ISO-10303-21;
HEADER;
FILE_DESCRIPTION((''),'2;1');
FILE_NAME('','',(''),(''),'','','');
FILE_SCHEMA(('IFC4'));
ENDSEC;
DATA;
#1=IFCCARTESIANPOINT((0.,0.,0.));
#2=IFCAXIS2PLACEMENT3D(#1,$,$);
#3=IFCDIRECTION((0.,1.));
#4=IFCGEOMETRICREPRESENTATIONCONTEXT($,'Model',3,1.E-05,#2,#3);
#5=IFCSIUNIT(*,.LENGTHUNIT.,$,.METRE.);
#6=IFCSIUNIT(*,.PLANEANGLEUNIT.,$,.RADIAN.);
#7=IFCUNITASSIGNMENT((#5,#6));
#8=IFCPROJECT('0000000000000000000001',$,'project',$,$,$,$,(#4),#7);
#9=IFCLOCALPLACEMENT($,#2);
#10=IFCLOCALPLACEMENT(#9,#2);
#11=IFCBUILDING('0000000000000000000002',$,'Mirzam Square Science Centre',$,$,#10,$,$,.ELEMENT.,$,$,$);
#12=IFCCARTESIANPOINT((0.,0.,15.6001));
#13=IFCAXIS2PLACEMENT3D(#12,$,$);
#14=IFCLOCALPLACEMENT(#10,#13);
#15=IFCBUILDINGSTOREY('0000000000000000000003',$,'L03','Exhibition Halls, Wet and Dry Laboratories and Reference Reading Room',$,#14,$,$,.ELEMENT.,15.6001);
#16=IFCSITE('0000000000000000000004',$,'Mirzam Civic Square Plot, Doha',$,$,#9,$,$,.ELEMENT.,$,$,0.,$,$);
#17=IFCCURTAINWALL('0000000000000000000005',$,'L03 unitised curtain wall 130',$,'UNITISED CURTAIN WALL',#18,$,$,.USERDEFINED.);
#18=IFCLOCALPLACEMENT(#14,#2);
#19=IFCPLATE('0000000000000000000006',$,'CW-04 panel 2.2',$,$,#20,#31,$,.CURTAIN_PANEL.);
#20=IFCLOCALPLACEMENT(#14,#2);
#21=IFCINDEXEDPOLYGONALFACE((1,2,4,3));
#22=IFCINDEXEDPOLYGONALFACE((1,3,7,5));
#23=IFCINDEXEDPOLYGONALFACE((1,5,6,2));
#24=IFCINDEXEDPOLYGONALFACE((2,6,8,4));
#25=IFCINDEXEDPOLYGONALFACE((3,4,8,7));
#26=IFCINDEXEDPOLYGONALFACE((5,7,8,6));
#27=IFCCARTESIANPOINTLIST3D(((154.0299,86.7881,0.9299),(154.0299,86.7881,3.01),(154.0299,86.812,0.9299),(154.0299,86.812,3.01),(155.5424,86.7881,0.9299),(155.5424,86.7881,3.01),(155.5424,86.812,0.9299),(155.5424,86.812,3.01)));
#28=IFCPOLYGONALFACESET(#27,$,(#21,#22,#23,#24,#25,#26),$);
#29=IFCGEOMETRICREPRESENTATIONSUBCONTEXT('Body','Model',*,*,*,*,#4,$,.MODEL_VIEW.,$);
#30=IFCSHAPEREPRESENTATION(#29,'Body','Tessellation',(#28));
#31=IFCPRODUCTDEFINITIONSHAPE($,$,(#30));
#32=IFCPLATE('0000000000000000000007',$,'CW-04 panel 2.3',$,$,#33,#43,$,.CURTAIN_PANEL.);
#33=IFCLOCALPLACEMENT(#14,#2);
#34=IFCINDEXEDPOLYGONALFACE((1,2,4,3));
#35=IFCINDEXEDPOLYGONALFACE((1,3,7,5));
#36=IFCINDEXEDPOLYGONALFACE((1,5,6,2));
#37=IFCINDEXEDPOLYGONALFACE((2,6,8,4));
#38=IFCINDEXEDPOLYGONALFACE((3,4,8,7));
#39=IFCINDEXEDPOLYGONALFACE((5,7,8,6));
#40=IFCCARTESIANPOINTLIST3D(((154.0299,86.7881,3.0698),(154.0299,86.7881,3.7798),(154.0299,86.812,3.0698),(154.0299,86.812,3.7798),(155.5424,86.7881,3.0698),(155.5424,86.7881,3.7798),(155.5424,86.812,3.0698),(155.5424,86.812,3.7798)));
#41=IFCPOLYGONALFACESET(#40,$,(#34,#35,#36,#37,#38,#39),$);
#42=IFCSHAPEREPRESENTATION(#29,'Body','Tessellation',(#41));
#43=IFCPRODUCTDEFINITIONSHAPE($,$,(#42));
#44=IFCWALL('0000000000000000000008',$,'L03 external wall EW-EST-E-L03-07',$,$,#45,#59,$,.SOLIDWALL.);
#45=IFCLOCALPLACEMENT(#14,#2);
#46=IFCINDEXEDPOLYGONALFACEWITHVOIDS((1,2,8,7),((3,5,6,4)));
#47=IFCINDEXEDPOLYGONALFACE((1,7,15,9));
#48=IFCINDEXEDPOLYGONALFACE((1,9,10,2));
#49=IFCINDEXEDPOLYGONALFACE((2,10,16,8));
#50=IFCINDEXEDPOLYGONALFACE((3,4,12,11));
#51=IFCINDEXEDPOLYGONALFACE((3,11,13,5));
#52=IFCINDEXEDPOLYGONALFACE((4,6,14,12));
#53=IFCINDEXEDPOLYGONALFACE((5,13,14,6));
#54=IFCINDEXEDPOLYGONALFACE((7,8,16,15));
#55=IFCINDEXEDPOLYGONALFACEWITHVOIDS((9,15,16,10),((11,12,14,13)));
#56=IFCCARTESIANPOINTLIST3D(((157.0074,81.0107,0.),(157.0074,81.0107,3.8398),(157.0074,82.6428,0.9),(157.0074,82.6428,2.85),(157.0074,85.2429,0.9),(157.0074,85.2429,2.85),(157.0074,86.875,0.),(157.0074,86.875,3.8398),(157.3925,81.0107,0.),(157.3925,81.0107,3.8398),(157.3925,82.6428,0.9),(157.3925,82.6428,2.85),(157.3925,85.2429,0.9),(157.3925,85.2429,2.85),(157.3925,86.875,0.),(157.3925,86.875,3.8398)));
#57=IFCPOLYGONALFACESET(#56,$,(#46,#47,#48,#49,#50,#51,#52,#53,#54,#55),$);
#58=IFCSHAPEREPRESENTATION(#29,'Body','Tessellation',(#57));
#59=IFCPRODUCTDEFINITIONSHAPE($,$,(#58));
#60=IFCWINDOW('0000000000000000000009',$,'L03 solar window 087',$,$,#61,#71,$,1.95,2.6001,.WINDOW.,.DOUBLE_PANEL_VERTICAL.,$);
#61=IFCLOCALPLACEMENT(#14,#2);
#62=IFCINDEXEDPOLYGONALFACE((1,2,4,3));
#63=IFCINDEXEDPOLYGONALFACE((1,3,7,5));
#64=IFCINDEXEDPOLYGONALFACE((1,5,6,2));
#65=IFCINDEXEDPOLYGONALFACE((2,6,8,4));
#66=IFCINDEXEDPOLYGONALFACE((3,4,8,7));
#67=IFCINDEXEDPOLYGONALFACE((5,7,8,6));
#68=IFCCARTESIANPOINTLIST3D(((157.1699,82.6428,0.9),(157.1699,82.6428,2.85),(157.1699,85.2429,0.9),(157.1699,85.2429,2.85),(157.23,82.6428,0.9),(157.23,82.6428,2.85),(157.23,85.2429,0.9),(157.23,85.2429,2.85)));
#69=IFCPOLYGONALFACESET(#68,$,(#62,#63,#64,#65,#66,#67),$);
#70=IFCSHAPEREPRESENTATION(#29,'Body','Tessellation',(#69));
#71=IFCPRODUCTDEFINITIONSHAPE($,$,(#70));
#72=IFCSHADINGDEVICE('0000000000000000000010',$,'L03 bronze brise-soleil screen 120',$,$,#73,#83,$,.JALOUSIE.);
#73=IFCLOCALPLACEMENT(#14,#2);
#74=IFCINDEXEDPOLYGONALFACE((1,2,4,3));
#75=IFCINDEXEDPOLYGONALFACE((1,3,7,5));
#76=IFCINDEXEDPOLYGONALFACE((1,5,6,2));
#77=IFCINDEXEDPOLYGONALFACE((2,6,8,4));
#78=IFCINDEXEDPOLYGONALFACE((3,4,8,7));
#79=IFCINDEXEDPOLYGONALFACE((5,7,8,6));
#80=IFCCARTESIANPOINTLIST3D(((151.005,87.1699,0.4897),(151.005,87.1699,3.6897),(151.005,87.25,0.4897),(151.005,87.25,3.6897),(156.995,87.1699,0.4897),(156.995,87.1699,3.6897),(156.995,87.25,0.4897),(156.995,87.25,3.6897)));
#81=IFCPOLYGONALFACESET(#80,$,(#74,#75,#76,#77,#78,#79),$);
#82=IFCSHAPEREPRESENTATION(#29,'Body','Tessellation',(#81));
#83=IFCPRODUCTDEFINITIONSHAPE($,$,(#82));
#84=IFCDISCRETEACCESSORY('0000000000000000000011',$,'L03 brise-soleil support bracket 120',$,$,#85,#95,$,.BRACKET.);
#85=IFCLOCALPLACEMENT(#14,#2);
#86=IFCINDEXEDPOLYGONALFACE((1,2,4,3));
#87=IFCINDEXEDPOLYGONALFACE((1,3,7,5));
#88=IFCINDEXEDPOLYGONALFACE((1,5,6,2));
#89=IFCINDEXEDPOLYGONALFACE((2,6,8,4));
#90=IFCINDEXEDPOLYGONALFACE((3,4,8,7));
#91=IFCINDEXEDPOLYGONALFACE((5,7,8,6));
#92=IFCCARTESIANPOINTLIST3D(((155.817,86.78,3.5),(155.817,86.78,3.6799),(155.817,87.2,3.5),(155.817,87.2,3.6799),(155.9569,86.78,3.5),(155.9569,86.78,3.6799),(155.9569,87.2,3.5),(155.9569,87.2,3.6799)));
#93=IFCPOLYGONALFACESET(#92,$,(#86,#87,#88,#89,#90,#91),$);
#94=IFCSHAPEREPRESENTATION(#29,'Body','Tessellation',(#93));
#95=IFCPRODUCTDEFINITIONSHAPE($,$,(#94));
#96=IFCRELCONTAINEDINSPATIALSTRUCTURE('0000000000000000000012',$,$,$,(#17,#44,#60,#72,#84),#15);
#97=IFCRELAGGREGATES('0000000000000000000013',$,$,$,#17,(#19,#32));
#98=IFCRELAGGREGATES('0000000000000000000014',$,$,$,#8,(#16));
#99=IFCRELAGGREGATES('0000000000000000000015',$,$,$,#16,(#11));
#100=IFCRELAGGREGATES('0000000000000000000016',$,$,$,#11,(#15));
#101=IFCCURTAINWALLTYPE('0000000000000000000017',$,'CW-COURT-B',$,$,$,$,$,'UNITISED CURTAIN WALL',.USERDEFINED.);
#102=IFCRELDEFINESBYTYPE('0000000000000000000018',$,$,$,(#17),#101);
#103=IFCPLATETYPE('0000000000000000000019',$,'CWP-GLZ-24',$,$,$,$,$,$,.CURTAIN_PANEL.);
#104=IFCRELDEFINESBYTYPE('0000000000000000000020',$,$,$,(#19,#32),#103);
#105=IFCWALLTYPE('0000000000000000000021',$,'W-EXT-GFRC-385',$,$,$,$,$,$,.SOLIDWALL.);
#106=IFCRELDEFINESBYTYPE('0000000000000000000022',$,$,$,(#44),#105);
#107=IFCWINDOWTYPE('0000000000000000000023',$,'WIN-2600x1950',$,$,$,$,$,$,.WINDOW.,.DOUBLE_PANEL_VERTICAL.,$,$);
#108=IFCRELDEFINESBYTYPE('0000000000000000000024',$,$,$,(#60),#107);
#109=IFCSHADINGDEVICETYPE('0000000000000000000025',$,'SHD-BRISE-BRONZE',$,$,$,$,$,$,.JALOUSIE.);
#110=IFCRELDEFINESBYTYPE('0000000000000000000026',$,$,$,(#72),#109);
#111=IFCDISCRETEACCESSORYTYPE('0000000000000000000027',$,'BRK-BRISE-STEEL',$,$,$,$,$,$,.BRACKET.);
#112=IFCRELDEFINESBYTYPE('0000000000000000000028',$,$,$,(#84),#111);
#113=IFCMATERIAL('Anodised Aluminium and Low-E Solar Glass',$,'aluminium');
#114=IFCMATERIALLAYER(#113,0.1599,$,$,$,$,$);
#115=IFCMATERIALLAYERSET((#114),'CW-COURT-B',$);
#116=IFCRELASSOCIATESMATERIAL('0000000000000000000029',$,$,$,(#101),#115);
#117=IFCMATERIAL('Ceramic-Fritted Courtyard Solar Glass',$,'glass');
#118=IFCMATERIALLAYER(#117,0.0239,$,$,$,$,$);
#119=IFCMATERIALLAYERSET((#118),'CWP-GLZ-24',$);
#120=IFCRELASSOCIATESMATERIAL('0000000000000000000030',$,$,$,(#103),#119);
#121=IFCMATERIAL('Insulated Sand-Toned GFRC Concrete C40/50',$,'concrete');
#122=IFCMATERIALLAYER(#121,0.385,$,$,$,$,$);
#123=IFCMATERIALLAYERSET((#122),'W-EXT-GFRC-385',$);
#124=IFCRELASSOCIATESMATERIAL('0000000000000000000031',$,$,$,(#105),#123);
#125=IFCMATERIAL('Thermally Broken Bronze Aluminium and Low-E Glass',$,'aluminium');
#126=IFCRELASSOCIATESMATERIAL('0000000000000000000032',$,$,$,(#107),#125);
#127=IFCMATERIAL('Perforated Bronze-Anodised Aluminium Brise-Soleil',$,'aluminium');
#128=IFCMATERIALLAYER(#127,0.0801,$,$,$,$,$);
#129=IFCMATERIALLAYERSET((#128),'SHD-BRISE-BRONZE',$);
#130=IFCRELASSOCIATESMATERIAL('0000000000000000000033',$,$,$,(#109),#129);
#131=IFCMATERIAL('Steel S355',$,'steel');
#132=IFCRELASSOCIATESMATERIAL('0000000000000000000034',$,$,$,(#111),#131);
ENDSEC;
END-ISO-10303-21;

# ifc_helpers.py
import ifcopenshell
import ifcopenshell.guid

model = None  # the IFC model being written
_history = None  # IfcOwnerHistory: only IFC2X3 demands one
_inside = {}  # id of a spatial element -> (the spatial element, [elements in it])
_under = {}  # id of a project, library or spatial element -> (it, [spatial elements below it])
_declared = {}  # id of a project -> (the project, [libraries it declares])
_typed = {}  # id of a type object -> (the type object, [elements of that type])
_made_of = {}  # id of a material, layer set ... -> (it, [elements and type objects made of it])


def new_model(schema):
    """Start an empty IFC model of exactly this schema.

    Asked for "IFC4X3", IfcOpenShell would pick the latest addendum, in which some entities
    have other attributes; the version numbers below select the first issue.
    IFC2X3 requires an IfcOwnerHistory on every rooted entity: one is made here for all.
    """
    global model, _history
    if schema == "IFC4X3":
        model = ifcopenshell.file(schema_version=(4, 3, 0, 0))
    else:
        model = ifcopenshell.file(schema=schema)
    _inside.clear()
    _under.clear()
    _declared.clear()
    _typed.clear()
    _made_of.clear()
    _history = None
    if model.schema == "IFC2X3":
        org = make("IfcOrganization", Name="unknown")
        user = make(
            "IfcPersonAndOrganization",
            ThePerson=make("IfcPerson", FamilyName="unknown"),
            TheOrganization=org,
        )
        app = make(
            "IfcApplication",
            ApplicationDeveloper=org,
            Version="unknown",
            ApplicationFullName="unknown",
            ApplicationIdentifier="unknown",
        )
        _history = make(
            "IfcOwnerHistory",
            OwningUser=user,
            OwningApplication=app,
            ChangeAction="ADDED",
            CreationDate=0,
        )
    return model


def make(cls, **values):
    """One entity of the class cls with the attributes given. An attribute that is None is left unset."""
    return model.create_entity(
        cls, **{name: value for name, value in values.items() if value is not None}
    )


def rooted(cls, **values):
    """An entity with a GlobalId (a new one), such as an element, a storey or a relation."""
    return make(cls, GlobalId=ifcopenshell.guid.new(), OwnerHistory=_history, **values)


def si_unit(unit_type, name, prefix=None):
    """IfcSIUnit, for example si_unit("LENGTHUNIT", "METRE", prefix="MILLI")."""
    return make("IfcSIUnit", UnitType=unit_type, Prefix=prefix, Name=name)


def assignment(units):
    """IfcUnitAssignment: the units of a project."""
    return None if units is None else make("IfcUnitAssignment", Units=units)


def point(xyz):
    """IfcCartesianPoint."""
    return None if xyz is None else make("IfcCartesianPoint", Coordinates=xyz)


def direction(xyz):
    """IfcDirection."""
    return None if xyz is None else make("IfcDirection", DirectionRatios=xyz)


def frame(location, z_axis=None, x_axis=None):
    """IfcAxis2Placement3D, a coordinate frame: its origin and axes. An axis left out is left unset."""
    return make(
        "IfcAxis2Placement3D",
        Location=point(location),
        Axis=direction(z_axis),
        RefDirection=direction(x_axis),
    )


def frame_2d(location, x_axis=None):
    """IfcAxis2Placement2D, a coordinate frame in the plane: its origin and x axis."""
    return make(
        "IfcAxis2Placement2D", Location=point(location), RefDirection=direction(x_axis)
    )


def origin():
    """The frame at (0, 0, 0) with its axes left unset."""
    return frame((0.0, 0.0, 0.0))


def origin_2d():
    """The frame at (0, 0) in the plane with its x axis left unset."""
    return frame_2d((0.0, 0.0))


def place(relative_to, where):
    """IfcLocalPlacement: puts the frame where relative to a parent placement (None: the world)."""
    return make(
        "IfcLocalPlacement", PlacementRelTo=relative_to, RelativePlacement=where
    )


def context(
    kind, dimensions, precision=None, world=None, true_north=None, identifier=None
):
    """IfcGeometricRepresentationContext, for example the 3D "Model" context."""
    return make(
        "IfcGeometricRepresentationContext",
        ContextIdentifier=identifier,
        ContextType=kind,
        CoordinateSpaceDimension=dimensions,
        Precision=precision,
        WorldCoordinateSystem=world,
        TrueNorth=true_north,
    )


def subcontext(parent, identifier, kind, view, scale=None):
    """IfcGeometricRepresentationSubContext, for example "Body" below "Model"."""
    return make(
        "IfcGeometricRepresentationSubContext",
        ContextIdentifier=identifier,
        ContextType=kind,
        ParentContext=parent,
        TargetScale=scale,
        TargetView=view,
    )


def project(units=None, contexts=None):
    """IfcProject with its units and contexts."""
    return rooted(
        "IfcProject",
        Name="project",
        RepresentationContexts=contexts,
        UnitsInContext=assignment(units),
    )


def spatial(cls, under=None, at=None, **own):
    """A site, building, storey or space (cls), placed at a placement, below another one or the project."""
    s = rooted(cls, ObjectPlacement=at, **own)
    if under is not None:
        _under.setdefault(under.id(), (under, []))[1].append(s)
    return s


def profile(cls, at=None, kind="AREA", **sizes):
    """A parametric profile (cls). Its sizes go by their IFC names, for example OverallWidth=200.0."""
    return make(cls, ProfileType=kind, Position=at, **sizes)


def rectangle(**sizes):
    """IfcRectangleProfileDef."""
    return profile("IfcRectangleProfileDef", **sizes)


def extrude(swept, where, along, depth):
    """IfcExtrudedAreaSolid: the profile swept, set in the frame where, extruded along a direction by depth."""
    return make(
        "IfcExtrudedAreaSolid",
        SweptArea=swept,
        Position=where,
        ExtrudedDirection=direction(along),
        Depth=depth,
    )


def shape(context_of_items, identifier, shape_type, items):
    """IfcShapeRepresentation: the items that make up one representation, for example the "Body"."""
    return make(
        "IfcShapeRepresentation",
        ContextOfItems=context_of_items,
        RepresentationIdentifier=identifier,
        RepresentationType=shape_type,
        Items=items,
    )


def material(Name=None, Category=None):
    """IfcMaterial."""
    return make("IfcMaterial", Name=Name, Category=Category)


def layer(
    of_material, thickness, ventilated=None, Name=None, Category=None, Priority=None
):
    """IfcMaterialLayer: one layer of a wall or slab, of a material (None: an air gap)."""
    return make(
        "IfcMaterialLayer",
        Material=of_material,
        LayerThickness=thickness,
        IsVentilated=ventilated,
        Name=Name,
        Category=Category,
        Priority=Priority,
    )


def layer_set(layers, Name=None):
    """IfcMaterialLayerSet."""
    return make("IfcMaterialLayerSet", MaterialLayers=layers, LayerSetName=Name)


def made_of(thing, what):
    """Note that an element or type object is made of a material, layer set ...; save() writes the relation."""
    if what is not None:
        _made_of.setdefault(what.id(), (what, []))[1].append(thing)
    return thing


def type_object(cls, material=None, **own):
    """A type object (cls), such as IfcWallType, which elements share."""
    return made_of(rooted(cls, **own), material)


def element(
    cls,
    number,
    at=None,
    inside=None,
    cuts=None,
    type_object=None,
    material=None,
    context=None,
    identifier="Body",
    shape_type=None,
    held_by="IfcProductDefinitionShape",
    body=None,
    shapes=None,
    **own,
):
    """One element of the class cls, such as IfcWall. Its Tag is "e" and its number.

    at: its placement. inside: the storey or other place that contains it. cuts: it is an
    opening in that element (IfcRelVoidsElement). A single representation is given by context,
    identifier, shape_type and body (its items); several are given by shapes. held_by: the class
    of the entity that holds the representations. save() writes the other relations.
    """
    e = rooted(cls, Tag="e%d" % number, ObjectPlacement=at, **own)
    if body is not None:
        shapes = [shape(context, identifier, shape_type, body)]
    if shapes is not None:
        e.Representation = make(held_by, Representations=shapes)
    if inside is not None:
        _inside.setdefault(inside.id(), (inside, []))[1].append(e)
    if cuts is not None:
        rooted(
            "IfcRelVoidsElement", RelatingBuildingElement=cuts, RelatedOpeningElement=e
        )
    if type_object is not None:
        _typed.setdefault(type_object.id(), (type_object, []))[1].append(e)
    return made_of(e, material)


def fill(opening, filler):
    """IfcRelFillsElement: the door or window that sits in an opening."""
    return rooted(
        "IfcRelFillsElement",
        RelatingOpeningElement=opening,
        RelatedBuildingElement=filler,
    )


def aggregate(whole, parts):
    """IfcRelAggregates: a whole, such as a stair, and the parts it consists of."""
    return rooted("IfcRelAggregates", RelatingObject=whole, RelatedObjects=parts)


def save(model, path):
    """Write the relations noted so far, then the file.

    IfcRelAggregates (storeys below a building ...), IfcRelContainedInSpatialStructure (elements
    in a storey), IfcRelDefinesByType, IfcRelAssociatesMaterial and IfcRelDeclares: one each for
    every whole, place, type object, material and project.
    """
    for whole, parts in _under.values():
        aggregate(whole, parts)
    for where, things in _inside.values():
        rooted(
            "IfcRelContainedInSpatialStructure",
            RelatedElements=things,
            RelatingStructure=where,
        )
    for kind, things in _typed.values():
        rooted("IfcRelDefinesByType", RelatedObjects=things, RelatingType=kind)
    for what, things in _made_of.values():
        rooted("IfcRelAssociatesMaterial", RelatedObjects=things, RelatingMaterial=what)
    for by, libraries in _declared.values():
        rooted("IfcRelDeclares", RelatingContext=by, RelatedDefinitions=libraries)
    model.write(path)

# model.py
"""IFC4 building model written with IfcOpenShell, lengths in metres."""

from ifc_helpers import new_model, si_unit, direction, frame, frame_2d, origin, origin_2d, place, context, subcontext, project, spatial, rectangle, extrude, material, layer, layer_set, type_object, element, fill, aggregate, save


model = new_model("IFC4")

# Units and contexts
model_context = context("Model", 3, precision=1e-05, world=origin(), true_north=direction((0.0, 1.0)))
body_context = subcontext(model_context, "Body", "Model", "MODEL_VIEW")
ifc_project = project(units=[si_unit("LENGTHUNIT", "METRE"), si_unit("PLANEANGLEUNIT", "RADIAN")], contexts=[model_context])

# Site, building, storey
site_placement = place(None, origin())
site = spatial("IfcSite", under=ifc_project, at=site_placement, Name="Mirzam Civic Square Plot, Doha", CompositionType="ELEMENT", RefElevation=0.0)
building_placement = place(site_placement, origin())
building = spatial("IfcBuilding", under=site, at=building_placement, Name="Mirzam Square Science Centre", CompositionType="ELEMENT")
storey_placement = place(building_placement, frame((0.0, 0.0, 15.6001)))
storey = spatial("IfcBuildingStorey", under=building, at=storey_placement, Name="L03", Description="Exhibition Halls, Wet and Dry Laboratories and Reference Reading Room", CompositionType="ELEMENT", Elevation=15.6001)

# Shared definitions
ifc_material_1 = material(Name="Steel S355", Category="steel")

# Curtain wall
ifc_material_2 = material(Name="Anodised Aluminium and Low-E Solar Glass", Category="aluminium")
ifc_layer_1 = layer(ifc_material_2, 0.1599)
ifc_layer_set_1 = layer_set([ifc_layer_1], Name="CW-COURT-B")
curtain_wall_type_1 = type_object("IfcCurtainWallType", Name="CW-COURT-B", ElementType="UNITISED CURTAIN WALL", PredefinedType="USERDEFINED", material=ifc_layer_set_1)
curtain_wall_1_placement = place(storey_placement, origin())
curtain_wall_1 = element("IfcCurtainWall", 1, at=curtain_wall_1_placement, inside=storey, type_object=curtain_wall_type_1, Name="L03 unitised curtain wall 130", ObjectType="UNITISED CURTAIN WALL", PredefinedType="USERDEFINED")

# Plates
ifc_material_3 = material(Name="Ceramic-Fritted Courtyard Solar Glass", Category="glass")
ifc_layer_2 = layer(ifc_material_3, 0.0239)
ifc_layer_set_2 = layer_set([ifc_layer_2], Name="CWP-GLZ-24")
plate_type = type_object("IfcPlateType", Name="CWP-GLZ-24", PredefinedType="CURTAIN_PANEL", material=ifc_layer_set_2)
plate_1_placement = place(storey_placement, frame((154.7861, 86.8, 0.9299), z_axis=(0.0, 0.0, 1.0), x_axis=(-1.0, 0.0, 0.0)))
plate_1 = element("IfcPlate", 2, at=plate_1_placement, type_object=plate_type, Name="CW-04 panel 2.2", PredefinedType="CURTAIN_PANEL", context=body_context, shape_type="SweptSolid", body=[
    extrude(rectangle(XDim=1.5125, YDim=0.0239, at=origin_2d()), origin(), (0.0, 0.0, 1.0), 2.0801),
])
plate_2_placement = place(storey_placement, frame((154.7861, 86.8, 3.0698), z_axis=(0.0, 0.0, 1.0), x_axis=(-1.0, 0.0, 0.0)))
plate_2 = element("IfcPlate", 3, at=plate_2_placement, type_object=plate_type, Name="CW-04 panel 2.3", PredefinedType="CURTAIN_PANEL", context=body_context, shape_type="SweptSolid", body=[
    extrude(rectangle(XDim=1.5125, YDim=0.0239, at=origin_2d()), origin(), (0.0, 0.0, 1.0), 0.71),
])
aggregate(curtain_wall_1, [plate_1, plate_2])

# Wall, opening, window
ifc_material_4 = material(Name="Insulated Sand-Toned GFRC Concrete C40/50", Category="concrete")
ifc_layer_3 = layer(ifc_material_4, 0.385)
ifc_layer_set_3 = layer_set([ifc_layer_3], Name="W-EXT-GFRC-385")
wall_type = type_object("IfcWallType", Name="W-EXT-GFRC-385", PredefinedType="SOLIDWALL", material=ifc_layer_set_3)
wall_placement = place(storey_placement, frame((157.2, 81.0107, 0.0), z_axis=(0.0, 0.0, 1.0), x_axis=(0.0, 1.0, 0.0)))
wall = element("IfcWall", 4, at=wall_placement, inside=storey, type_object=wall_type, Name="L03 external wall EW-EST-E-L03-07", PredefinedType="SOLIDWALL", context=body_context, shape_type="SweptSolid", body=[
    extrude(rectangle(XDim=5.8643, YDim=0.385, at=frame_2d((2.9321, 0.0))), origin(), (0.0, 0.0, 1.0), 3.8398),
])
opening_placement = place(wall_placement, frame((1.6321, 0.0, 0.8999)))
opening = element("IfcOpeningElement", 5, at=opening_placement, cuts=wall, PredefinedType="OPENING", context=body_context, shape_type="SweptSolid", body=[
    extrude(rectangle(XDim=2.6001, YDim=1.95, at=frame_2d((1.3, 0.9751))), frame((0.0, 0.2024, 0.0), z_axis=(0.0, -1.0, 0.0), x_axis=(1.0, 0.0, 0.0)), (0.0, 0.0, 1.0), 0.405),
])
ifc_material_5 = material(Name="Thermally Broken Bronze Aluminium and Low-E Glass", Category="aluminium")
window_type = type_object("IfcWindowType", Name="WIN-2600x1950", PartitioningType="DOUBLE_PANEL_VERTICAL", PredefinedType="WINDOW", material=ifc_material_5)
window_placement = place(opening_placement, origin())
window = element("IfcWindow", 6, at=window_placement, inside=storey, type_object=window_type, Name="L03 solar window 087", OverallHeight=1.95, OverallWidth=2.6001, PartitioningType="DOUBLE_PANEL_VERTICAL", PredefinedType="WINDOW", context=body_context, shape_type="SweptSolid", body=[
    extrude(rectangle(XDim=2.6001, YDim=1.95, at=frame_2d((1.3, 0.9751))), frame((0.0, 0.03, 0.0), z_axis=(0.0, -1.0, 0.0), x_axis=(1.0, 0.0, 0.0)), (0.0, 0.0, 1.0), 0.0601),
])
fill(opening, window)

# Shading device
ifc_material_6 = material(Name="Perforated Bronze-Anodised Aluminium Brise-Soleil", Category="aluminium")
ifc_layer_4 = layer(ifc_material_6, 0.0801)
ifc_layer_set_4 = layer_set([ifc_layer_4], Name="SHD-BRISE-BRONZE")
shading_device_type = type_object("IfcShadingDeviceType", Name="SHD-BRISE-BRONZE", PredefinedType="JALOUSIE", material=ifc_layer_set_4)
shading_device_placement = place(storey_placement, frame((154.0, 87.21, 0.4897), z_axis=(0.0, 0.0, 1.0), x_axis=(-1.0, 0.0, 0.0)))
element("IfcShadingDevice", 7, at=shading_device_placement, inside=storey, type_object=shading_device_type, Name="L03 bronze brise-soleil screen 120", PredefinedType="JALOUSIE", context=body_context, shape_type="SweptSolid", body=[
    extrude(rectangle(XDim=5.99, YDim=0.0801, at=origin_2d()), origin(), (0.0, 0.0, 1.0), 3.2),
])

# Discrete accessory
discrete_accessory_type = type_object("IfcDiscreteAccessoryType", Name="BRK-BRISE-STEEL", PredefinedType="BRACKET", material=ifc_material_1)
discrete_accessory_placement = place(storey_placement, frame((155.887, 86.99, 3.5), z_axis=(0.0, 0.0, 1.0), x_axis=(-1.0, 0.0, 0.0)))
element("IfcDiscreteAccessory", 8, at=discrete_accessory_placement, inside=storey, type_object=discrete_accessory_type, Name="L03 brise-soleil support bracket 120", PredefinedType="BRACKET", context=body_context, shape_type="SweptSolid", body=[
    extrude(rectangle(XDim=0.1399, YDim=0.4199, at=origin_2d()), origin(), (0.0, 0.0, 1.0), 0.1799),
])

save(model, "model.ifc")
